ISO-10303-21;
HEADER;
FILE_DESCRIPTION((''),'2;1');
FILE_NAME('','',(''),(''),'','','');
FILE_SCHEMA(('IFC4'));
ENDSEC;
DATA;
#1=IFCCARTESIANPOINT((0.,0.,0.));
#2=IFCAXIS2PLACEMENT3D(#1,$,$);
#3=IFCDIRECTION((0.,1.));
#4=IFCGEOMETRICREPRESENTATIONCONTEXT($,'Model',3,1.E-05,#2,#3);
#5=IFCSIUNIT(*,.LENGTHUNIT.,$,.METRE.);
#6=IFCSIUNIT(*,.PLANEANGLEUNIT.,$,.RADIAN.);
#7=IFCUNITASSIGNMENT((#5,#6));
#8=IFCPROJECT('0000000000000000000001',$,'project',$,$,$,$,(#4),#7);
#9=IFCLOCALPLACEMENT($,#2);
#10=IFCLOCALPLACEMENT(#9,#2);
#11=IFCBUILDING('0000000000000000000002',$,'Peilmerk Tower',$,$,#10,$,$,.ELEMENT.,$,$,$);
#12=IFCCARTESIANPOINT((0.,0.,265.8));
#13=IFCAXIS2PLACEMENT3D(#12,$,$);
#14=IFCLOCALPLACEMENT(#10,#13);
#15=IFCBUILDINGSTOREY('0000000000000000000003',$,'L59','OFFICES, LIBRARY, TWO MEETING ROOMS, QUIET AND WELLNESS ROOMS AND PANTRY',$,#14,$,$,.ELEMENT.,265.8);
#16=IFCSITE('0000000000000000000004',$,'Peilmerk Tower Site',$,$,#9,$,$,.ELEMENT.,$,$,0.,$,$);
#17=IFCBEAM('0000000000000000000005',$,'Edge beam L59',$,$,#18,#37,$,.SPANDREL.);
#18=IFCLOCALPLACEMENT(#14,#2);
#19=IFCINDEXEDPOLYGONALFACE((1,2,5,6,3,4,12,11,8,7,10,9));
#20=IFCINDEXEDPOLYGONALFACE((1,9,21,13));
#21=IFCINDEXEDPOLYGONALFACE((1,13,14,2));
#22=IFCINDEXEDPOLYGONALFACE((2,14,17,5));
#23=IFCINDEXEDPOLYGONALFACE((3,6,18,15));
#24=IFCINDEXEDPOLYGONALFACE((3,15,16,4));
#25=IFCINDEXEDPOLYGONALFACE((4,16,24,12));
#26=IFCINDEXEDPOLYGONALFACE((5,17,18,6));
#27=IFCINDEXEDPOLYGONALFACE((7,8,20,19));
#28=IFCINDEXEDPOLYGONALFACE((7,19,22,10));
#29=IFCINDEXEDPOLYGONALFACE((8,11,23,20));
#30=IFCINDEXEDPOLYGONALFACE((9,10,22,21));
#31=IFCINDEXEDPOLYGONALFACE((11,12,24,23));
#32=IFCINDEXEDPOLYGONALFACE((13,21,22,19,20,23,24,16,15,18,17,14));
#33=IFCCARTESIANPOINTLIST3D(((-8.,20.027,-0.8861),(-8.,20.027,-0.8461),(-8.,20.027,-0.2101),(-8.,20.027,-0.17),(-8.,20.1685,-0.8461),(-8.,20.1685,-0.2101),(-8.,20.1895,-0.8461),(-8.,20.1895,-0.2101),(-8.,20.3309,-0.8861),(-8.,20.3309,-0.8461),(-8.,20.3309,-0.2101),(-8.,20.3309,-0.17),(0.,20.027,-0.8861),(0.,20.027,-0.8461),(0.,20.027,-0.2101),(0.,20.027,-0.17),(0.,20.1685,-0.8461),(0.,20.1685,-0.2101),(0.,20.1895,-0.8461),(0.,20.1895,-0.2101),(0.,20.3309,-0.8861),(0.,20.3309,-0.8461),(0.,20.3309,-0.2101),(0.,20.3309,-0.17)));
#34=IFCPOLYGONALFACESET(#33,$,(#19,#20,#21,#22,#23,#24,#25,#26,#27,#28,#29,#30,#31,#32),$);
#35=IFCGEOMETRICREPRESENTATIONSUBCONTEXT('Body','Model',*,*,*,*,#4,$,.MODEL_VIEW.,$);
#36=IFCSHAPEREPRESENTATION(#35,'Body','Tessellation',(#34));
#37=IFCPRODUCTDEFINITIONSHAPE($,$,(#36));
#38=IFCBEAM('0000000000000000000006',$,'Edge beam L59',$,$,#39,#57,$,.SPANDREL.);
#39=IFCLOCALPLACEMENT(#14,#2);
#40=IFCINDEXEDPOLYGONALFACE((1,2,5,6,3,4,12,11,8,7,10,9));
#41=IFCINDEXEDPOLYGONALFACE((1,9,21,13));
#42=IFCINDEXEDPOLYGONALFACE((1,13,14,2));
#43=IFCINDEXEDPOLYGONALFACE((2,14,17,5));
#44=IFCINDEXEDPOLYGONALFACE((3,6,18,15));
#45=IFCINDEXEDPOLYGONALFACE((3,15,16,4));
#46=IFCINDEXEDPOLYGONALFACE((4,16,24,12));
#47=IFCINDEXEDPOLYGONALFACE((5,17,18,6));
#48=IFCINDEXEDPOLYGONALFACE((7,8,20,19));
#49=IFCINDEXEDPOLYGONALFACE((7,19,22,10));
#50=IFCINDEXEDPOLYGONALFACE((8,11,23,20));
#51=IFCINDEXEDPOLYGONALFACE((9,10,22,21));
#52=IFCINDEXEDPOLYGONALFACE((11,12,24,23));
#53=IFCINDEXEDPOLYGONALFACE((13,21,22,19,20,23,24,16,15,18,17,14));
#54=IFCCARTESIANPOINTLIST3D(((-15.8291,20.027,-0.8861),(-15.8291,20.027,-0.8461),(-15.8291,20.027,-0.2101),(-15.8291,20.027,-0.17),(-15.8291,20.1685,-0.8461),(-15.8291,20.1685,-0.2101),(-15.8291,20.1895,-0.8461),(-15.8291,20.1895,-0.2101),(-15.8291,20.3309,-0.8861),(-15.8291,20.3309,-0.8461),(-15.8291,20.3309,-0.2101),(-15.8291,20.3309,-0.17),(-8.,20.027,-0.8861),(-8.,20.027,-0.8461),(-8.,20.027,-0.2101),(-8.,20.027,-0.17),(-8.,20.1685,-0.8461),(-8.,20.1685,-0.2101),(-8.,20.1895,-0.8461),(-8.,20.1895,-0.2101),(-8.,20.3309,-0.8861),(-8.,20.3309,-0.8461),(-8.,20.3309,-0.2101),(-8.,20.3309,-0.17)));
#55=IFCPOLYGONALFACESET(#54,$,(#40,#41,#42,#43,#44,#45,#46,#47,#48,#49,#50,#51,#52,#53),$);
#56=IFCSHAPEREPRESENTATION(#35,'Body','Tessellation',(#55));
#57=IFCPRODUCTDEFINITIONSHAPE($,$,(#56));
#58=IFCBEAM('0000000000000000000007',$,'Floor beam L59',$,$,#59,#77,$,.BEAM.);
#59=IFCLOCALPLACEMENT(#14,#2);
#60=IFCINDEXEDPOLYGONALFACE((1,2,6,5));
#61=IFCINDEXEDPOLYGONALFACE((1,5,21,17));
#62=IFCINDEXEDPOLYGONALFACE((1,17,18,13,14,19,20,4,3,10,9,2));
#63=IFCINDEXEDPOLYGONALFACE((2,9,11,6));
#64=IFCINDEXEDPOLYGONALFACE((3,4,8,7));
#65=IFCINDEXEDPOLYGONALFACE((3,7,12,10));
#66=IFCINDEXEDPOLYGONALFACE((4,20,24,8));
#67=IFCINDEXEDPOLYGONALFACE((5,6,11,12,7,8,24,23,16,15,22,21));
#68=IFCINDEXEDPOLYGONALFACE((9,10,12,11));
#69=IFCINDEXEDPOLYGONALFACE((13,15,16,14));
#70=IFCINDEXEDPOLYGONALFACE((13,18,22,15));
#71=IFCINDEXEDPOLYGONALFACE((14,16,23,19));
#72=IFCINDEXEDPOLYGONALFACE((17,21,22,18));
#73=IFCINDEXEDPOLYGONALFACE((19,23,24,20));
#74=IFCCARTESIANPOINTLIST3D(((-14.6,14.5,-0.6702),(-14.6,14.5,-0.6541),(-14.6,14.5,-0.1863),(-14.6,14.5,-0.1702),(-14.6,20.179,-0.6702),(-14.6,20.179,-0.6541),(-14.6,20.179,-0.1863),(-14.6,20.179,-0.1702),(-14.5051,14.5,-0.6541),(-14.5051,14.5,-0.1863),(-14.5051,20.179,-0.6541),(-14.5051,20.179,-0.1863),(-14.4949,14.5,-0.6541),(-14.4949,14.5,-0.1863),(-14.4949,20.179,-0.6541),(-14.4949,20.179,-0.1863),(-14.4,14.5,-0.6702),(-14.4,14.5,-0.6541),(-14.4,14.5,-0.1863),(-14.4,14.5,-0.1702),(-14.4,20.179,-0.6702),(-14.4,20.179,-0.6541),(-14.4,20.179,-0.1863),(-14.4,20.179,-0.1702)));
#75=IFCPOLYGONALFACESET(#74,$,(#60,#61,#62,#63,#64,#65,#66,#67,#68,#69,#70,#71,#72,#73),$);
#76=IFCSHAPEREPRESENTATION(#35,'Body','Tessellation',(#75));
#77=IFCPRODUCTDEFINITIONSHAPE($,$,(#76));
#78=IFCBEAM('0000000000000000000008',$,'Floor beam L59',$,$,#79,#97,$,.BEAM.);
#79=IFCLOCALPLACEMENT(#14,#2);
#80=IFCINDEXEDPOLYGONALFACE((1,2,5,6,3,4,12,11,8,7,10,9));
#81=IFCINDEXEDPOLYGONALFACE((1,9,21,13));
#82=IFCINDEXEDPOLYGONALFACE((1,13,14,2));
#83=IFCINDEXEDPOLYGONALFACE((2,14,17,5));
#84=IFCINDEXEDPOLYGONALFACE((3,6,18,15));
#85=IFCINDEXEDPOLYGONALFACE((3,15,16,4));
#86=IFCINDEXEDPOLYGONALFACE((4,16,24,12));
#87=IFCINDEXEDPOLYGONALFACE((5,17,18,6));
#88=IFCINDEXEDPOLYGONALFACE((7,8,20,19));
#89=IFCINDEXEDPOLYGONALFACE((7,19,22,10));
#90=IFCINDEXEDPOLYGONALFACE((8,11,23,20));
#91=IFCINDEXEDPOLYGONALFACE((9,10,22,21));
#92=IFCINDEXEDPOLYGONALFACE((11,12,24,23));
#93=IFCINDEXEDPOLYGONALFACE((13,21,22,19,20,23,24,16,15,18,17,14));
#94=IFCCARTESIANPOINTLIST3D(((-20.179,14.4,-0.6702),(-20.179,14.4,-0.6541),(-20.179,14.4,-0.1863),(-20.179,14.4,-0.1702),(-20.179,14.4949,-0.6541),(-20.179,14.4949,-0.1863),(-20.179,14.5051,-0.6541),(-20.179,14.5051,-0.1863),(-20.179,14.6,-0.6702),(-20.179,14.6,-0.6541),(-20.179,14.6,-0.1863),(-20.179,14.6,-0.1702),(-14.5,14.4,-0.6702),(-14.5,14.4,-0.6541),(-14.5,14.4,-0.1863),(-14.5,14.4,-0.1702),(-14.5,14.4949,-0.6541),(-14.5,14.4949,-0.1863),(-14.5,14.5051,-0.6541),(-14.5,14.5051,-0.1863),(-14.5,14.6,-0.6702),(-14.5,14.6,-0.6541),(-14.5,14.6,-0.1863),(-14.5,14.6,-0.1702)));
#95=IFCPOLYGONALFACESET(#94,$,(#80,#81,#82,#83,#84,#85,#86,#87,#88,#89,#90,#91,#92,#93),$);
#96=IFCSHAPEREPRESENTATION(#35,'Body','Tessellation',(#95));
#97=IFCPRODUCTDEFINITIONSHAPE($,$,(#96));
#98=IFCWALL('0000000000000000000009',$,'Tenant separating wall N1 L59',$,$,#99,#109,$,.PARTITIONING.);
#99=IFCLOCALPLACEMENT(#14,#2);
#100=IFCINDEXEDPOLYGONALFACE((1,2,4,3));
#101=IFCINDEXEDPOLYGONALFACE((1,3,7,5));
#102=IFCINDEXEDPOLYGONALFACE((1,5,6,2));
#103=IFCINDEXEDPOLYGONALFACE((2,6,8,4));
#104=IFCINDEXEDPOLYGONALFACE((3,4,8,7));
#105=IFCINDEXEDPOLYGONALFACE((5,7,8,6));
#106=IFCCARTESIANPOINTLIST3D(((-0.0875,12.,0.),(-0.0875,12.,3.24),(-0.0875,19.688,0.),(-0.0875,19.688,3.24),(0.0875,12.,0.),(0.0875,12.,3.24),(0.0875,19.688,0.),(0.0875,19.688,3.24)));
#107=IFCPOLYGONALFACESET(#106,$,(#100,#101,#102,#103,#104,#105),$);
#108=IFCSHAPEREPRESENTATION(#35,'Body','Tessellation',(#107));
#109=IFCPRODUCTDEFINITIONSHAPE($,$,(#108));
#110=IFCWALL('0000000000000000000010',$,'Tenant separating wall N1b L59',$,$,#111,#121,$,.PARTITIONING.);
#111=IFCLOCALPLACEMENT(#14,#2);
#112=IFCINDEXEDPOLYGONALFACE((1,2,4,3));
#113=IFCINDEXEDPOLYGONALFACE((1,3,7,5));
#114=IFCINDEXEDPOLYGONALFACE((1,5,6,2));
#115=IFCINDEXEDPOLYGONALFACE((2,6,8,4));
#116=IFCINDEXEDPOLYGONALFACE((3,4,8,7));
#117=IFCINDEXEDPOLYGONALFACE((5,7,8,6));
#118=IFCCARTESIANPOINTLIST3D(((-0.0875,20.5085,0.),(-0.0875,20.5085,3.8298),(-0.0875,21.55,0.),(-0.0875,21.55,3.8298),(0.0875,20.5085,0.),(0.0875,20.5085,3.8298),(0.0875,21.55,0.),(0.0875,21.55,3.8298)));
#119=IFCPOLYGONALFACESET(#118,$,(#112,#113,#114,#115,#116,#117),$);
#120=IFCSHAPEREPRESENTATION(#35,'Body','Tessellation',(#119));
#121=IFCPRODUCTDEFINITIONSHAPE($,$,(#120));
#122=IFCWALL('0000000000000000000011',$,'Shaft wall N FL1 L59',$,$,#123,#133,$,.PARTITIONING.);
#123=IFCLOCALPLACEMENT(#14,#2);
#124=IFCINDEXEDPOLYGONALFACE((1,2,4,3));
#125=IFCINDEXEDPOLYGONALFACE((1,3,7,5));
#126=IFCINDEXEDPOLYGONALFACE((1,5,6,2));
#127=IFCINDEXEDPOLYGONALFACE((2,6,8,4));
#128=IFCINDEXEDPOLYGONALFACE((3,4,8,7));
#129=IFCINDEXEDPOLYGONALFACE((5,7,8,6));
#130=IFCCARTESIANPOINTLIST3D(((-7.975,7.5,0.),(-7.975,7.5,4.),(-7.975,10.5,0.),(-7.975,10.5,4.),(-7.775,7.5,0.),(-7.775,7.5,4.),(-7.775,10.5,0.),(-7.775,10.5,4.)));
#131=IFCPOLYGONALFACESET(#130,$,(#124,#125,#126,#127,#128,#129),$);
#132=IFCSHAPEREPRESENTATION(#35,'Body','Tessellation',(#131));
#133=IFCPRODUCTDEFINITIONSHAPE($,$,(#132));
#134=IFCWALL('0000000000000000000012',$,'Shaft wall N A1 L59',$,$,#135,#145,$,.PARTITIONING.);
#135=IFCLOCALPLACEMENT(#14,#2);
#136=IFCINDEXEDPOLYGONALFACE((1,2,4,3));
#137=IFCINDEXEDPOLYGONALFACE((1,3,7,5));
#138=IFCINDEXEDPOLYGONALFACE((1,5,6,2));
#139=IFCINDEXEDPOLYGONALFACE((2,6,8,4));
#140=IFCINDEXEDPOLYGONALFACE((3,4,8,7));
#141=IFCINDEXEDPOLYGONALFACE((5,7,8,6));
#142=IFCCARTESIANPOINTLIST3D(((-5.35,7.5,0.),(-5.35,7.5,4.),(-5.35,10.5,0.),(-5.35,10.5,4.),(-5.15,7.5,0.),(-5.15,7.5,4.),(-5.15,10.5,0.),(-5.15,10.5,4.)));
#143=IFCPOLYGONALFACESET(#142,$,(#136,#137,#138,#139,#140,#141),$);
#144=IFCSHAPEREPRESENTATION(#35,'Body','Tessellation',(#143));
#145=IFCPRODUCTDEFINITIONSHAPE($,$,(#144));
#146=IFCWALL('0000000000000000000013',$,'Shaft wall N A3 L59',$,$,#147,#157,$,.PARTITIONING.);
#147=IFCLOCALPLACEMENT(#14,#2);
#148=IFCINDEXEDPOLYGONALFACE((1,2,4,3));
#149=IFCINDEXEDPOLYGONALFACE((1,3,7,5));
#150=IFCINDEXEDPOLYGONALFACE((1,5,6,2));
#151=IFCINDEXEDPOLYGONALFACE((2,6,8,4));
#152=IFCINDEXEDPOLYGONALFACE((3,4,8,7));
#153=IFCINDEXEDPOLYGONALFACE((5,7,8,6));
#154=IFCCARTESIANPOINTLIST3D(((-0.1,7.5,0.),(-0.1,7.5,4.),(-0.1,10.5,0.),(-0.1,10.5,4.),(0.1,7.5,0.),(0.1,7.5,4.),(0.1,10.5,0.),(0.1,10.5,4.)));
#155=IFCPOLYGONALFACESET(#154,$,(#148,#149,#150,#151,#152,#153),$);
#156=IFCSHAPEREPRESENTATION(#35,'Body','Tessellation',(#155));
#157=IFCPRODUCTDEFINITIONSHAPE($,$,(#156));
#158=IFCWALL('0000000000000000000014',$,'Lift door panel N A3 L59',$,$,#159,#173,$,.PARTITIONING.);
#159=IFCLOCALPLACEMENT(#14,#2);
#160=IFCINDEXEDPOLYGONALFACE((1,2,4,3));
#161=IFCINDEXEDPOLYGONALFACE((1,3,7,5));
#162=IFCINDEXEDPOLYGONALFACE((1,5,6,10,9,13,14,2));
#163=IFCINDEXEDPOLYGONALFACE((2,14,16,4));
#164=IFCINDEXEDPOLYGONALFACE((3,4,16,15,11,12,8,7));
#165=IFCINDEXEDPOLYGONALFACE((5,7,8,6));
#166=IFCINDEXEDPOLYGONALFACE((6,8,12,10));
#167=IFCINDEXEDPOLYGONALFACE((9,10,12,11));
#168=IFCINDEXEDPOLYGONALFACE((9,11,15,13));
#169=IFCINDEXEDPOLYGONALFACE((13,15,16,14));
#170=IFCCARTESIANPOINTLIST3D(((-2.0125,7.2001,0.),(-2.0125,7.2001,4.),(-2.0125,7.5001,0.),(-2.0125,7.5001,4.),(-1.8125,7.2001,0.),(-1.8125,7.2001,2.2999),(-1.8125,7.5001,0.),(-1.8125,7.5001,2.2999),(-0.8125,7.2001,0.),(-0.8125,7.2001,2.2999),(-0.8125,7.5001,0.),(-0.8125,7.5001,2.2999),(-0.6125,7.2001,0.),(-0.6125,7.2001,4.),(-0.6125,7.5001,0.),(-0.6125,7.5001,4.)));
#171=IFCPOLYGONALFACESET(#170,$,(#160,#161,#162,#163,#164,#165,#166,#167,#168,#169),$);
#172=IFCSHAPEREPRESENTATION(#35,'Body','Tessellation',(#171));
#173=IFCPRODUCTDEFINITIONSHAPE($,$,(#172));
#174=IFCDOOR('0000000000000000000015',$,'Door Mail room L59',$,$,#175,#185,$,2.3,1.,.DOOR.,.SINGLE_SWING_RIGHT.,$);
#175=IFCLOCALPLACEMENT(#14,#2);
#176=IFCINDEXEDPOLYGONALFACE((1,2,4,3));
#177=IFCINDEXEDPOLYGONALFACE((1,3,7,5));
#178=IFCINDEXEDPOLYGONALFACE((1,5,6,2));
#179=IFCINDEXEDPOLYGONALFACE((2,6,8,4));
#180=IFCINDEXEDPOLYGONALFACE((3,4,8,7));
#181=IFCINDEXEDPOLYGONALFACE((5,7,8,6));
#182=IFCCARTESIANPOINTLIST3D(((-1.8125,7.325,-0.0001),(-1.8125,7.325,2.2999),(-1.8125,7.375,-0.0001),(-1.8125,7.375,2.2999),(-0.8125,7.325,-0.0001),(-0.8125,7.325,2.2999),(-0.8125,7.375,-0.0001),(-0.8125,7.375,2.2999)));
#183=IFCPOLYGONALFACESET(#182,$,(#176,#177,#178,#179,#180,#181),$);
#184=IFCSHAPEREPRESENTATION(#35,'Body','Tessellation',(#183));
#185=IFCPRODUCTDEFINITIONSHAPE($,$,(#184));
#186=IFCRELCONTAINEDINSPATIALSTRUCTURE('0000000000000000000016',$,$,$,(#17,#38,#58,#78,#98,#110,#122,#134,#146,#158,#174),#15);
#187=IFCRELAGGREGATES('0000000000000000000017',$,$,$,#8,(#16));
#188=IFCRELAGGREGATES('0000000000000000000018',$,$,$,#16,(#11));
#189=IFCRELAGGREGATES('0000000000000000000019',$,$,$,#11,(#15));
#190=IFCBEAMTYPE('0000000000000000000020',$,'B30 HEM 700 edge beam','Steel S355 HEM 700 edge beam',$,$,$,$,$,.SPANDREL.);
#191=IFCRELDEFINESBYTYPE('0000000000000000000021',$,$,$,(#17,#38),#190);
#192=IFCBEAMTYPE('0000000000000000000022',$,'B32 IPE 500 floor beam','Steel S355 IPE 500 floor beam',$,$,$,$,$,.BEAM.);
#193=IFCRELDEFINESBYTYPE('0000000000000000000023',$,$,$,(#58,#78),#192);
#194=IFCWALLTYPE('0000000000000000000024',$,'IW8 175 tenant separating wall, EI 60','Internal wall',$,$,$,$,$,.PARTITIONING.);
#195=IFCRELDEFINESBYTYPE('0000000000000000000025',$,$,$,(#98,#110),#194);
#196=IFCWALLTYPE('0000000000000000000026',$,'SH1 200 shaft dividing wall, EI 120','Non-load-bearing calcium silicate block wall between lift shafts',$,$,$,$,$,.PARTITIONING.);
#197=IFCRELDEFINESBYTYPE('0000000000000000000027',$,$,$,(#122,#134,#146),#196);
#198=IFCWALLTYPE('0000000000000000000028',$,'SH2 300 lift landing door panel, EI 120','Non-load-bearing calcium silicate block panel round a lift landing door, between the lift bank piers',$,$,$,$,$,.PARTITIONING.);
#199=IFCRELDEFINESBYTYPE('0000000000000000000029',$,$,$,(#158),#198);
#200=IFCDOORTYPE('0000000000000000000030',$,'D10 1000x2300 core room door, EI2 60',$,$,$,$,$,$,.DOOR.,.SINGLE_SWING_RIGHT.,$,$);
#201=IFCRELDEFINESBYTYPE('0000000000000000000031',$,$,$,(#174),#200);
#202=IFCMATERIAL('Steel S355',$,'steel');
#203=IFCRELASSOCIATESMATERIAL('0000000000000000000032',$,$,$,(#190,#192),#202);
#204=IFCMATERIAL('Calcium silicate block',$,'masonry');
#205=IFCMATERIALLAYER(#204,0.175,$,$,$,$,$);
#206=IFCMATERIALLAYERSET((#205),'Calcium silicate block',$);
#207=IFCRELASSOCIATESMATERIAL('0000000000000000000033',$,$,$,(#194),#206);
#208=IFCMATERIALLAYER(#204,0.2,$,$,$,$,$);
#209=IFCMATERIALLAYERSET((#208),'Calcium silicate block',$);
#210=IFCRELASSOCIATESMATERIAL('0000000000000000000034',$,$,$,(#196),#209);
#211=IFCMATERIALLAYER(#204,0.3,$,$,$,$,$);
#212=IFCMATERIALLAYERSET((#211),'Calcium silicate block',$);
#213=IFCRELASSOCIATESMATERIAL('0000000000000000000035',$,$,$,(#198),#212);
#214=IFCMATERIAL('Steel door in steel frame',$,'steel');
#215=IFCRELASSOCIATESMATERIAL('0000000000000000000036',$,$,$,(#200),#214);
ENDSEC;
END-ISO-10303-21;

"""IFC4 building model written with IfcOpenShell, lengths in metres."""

from ifc_helpers import new_model, si_unit, direction, frame, frame_2d, origin, origin_2d, place, context, subcontext, project, spatial, rectangle, i_section, extrude, material, layer, layer_set, material_profile, profile_set, type_object, element, fill, save


model = new_model("IFC4")

# Units and contexts
model_context = context("Model", 3, precision=1e-05, world=origin(), true_north=direction((0.0, 1.0)))
body_context = subcontext(model_context, "Body", "Model", "MODEL_VIEW")
ifc_project = project(units=[si_unit("LENGTHUNIT", "METRE"), si_unit("PLANEANGLEUNIT", "RADIAN")], contexts=[model_context])

# Site, building, storey
site_placement = place(None, origin())
site = spatial("IfcSite", under=ifc_project, at=site_placement, Name="Peilmerk Tower Site", CompositionType="ELEMENT", RefElevation=0.0)
building_placement = place(site_placement, origin())
building = spatial("IfcBuilding", under=site, at=building_placement, Name="Peilmerk Tower", CompositionType="ELEMENT")
storey_placement = place(building_placement, frame((0.0, 0.0, 265.8)))
storey = spatial("IfcBuildingStorey", under=building, at=storey_placement, Name="L59", Description="OFFICES, LIBRARY, TWO MEETING ROOMS, QUIET AND WELLNESS ROOMS AND PANTRY", CompositionType="ELEMENT", Elevation=265.8)

# Beams
ifc_material_1 = material(Name="Steel S355", Category="steel")
ifc_material_profile_1 = material_profile(ifc_material_1, i_section(OverallWidth=0.304, OverallDepth=0.7161, WebThickness=0.021, FlangeThickness=0.04, at=origin_2d()), Name="HEM 700")
ifc_profile_set_1 = profile_set([ifc_material_profile_1], Name="Steel S355")
beam_type_1 = type_object("IfcBeamType", Name="B30 HEM 700 edge beam", Description="Steel S355 HEM 700 edge beam", PredefinedType="SPANDREL", material=ifc_profile_set_1)
beam_1_placement = place(storey_placement, frame((0.0, 20.179, -0.5281), z_axis=(-1.0, 0.0, 0.0), x_axis=(0.0, -1.0, 0.0)))
element("IfcBeam", 1, at=beam_1_placement, inside=storey, type_object=beam_type_1, Name="Edge beam L59", PredefinedType="SPANDREL", context=body_context, shape_type="SweptSolid", body=[
    extrude(i_section(OverallWidth=0.304, OverallDepth=0.7161, WebThickness=0.021, FlangeThickness=0.04, at=origin_2d()), origin(), (0.0, 0.0, 1.0), 8.0),
])
beam_2_placement = place(storey_placement, frame((-8.0, 20.179, -0.5281), z_axis=(-1.0, 0.0, 0.0), x_axis=(0.0, -1.0, 0.0)))
element("IfcBeam", 2, at=beam_2_placement, inside=storey, type_object=beam_type_1, Name="Edge beam L59", PredefinedType="SPANDREL", context=body_context, shape_type="SweptSolid", body=[
    extrude(i_section(OverallWidth=0.304, OverallDepth=0.7161, WebThickness=0.021, FlangeThickness=0.04, at=origin_2d()), origin(), (0.0, 0.0, 1.0), 7.8291),
])
ifc_material_profile_2 = material_profile(ifc_material_1, i_section(OverallWidth=0.2, OverallDepth=0.5, WebThickness=0.0103, FlangeThickness=0.0161, at=origin_2d()), Name="IPE 500")
ifc_profile_set_2 = profile_set([ifc_material_profile_2], Name="Steel S355")
beam_type_2 = type_object("IfcBeamType", Name="B32 IPE 500 floor beam", Description="Steel S355 IPE 500 floor beam", PredefinedType="BEAM", material=ifc_profile_set_2)
for number, where, z_axis, x_axis, name in (
    (3, (-14.5, 14.5, -0.4202), (0.0, 1.0, 0.0), (-1.0, 0.0, 0.0), "Floor beam L59"),
    (4, (-14.5, 14.5, -0.4202), (-1.0, 0.0, 0.0), (0.0, -1.0, 0.0), "Floor beam L59"),
):
    element("IfcBeam", number, at=place(storey_placement, frame(where, z_axis=z_axis, x_axis=x_axis)), inside=storey, type_object=beam_type_2, Name=name, PredefinedType="BEAM", context=body_context, shape_type="SweptSolid", body=[
        extrude(i_section(OverallWidth=0.2, OverallDepth=0.5, WebThickness=0.0103, FlangeThickness=0.0161, at=origin_2d()), origin(), (0.0, 0.0, 1.0), 5.679),
    ])

# Walls
ifc_material_2 = material(Name="Calcium silicate block", Category="masonry")
ifc_layer_1 = layer(ifc_material_2, 0.175)
ifc_layer_set_1 = layer_set([ifc_layer_1], Name="Calcium silicate block")
wall_type_1 = type_object("IfcWallType", Name="IW8 175 tenant separating wall, EI 60", Description="Internal wall", PredefinedType="PARTITIONING", material=ifc_layer_set_1)
wall_1_placement = place(storey_placement, frame((0.0, 12.0, 0.0), z_axis=(0.0, 0.0, 1.0), x_axis=(0.0, 1.0, 0.0)))
element("IfcWall", 5, at=wall_1_placement, inside=storey, type_object=wall_type_1, Name="Tenant separating wall N1 L59", PredefinedType="PARTITIONING", context=body_context, shape_type="SweptSolid", body=[
    extrude(rectangle(XDim=7.688, YDim=0.175, at=frame_2d((3.844, 0.0))), origin(), (0.0, 0.0, 1.0), 3.24),
])
wall_2_placement = place(storey_placement, frame((0.0, 20.5085, 0.0), z_axis=(0.0, 0.0, 1.0), x_axis=(0.0, 1.0, 0.0)))
element("IfcWall", 6, at=wall_2_placement, inside=storey, type_object=wall_type_1, Name="Tenant separating wall N1b L59", PredefinedType="PARTITIONING", context=body_context, shape_type="SweptSolid", body=[
    extrude(rectangle(XDim=1.0415, YDim=0.175, at=frame_2d((0.5208, 0.0))), origin(), (0.0, 0.0, 1.0), 3.8298),
])
ifc_layer_2 = layer(ifc_material_2, 0.2)
ifc_layer_set_2 = layer_set([ifc_layer_2], Name="Calcium silicate block")
wall_type_2 = type_object("IfcWallType", Name="SH1 200 shaft dividing wall, EI 120", Description="Non-load-bearing calcium silicate block wall between lift shafts", PredefinedType="PARTITIONING", material=ifc_layer_set_2)
for number, where, z_axis, x_axis, name in (
    (7, (-7.875, 7.5, 0.0), (0.0, 0.0, 1.0), (0.0, 1.0, 0.0), "Shaft wall N FL1 L59"),
    (8, (-5.25, 7.5, 0.0), (0.0, 0.0, 1.0), (0.0, 1.0, 0.0), "Shaft wall N A1 L59"),
    (9, (0.0, 7.5, 0.0), (0.0, 0.0, 1.0), (0.0, 1.0, 0.0), "Shaft wall N A3 L59"),
):
    element("IfcWall", number, at=place(storey_placement, frame(where, z_axis=z_axis, x_axis=x_axis)), inside=storey, type_object=wall_type_2, Name=name, PredefinedType="PARTITIONING", context=body_context, shape_type="SweptSolid", body=[
        extrude(rectangle(XDim=3.0, YDim=0.2, at=frame_2d((1.5, 0.0))), origin(), (0.0, 0.0, 1.0), 4.0),
    ])

# Wall, opening, door
ifc_layer_3 = layer(ifc_material_2, 0.3)
ifc_layer_set_3 = layer_set([ifc_layer_3], Name="Calcium silicate block")
wall_type_3 = type_object("IfcWallType", Name="SH2 300 lift landing door panel, EI 120", Description="Non-load-bearing calcium silicate block panel round a lift landing door, between the lift bank piers", PredefinedType="PARTITIONING", material=ifc_layer_set_3)
wall_3_placement = place(storey_placement, frame((-2.0125, 7.3501, 0.0), z_axis=(0.0, 0.0, 1.0), x_axis=(1.0, 0.0, 0.0)))
wall_3 = element("IfcWall", 10, at=wall_3_placement, inside=storey, type_object=wall_type_3, Name="Lift door panel N A3 L59", PredefinedType="PARTITIONING", context=body_context, shape_type="SweptSolid", body=[
    extrude(rectangle(XDim=1.3999, YDim=0.3, at=frame_2d((0.7, 0.0))), origin(), (0.0, 0.0, 1.0), 4.0),
])
opening_placement = place(wall_3_placement, frame((0.2, 0.0, 0.0)))
opening = element("IfcOpeningElement", 11, at=opening_placement, cuts=wall_3, PredefinedType="OPENING", context=body_context, shape_type="SweptSolid", body=[
    extrude(rectangle(XDim=1.0, YDim=2.3, at=frame_2d((0.5, 1.1499))), frame((0.0, 0.1599, 0.0), z_axis=(0.0, -1.0, 0.0), x_axis=(1.0, 0.0, 0.0)), (0.0, 0.0, 1.0), 0.3201),
])
ifc_material_3 = material(Name="Steel door in steel frame", Category="steel")
door_type = type_object("IfcDoorType", Name="D10 1000x2300 core room door, EI2 60", OperationType="SINGLE_SWING_RIGHT", PredefinedType="DOOR", material=ifc_material_3)
door_placement = place(opening_placement, origin())
door = element("IfcDoor", 12, at=door_placement, inside=storey, type_object=door_type, Name="Door Mail room L59", OperationType="SINGLE_SWING_RIGHT", OverallHeight=2.3, OverallWidth=1.0, PredefinedType="DOOR", context=body_context, shape_type="SweptSolid", body=[
    extrude(rectangle(XDim=1.0, YDim=2.3, at=frame_2d((0.5, 1.1499))), frame((0.0, 0.0249, 0.0), z_axis=(0.0, -1.0, 0.0), x_axis=(1.0, 0.0, 0.0)), (0.0, 0.0, 1.0), 0.05),
])
fill(opening, door)

save(model, "model.ifc")
